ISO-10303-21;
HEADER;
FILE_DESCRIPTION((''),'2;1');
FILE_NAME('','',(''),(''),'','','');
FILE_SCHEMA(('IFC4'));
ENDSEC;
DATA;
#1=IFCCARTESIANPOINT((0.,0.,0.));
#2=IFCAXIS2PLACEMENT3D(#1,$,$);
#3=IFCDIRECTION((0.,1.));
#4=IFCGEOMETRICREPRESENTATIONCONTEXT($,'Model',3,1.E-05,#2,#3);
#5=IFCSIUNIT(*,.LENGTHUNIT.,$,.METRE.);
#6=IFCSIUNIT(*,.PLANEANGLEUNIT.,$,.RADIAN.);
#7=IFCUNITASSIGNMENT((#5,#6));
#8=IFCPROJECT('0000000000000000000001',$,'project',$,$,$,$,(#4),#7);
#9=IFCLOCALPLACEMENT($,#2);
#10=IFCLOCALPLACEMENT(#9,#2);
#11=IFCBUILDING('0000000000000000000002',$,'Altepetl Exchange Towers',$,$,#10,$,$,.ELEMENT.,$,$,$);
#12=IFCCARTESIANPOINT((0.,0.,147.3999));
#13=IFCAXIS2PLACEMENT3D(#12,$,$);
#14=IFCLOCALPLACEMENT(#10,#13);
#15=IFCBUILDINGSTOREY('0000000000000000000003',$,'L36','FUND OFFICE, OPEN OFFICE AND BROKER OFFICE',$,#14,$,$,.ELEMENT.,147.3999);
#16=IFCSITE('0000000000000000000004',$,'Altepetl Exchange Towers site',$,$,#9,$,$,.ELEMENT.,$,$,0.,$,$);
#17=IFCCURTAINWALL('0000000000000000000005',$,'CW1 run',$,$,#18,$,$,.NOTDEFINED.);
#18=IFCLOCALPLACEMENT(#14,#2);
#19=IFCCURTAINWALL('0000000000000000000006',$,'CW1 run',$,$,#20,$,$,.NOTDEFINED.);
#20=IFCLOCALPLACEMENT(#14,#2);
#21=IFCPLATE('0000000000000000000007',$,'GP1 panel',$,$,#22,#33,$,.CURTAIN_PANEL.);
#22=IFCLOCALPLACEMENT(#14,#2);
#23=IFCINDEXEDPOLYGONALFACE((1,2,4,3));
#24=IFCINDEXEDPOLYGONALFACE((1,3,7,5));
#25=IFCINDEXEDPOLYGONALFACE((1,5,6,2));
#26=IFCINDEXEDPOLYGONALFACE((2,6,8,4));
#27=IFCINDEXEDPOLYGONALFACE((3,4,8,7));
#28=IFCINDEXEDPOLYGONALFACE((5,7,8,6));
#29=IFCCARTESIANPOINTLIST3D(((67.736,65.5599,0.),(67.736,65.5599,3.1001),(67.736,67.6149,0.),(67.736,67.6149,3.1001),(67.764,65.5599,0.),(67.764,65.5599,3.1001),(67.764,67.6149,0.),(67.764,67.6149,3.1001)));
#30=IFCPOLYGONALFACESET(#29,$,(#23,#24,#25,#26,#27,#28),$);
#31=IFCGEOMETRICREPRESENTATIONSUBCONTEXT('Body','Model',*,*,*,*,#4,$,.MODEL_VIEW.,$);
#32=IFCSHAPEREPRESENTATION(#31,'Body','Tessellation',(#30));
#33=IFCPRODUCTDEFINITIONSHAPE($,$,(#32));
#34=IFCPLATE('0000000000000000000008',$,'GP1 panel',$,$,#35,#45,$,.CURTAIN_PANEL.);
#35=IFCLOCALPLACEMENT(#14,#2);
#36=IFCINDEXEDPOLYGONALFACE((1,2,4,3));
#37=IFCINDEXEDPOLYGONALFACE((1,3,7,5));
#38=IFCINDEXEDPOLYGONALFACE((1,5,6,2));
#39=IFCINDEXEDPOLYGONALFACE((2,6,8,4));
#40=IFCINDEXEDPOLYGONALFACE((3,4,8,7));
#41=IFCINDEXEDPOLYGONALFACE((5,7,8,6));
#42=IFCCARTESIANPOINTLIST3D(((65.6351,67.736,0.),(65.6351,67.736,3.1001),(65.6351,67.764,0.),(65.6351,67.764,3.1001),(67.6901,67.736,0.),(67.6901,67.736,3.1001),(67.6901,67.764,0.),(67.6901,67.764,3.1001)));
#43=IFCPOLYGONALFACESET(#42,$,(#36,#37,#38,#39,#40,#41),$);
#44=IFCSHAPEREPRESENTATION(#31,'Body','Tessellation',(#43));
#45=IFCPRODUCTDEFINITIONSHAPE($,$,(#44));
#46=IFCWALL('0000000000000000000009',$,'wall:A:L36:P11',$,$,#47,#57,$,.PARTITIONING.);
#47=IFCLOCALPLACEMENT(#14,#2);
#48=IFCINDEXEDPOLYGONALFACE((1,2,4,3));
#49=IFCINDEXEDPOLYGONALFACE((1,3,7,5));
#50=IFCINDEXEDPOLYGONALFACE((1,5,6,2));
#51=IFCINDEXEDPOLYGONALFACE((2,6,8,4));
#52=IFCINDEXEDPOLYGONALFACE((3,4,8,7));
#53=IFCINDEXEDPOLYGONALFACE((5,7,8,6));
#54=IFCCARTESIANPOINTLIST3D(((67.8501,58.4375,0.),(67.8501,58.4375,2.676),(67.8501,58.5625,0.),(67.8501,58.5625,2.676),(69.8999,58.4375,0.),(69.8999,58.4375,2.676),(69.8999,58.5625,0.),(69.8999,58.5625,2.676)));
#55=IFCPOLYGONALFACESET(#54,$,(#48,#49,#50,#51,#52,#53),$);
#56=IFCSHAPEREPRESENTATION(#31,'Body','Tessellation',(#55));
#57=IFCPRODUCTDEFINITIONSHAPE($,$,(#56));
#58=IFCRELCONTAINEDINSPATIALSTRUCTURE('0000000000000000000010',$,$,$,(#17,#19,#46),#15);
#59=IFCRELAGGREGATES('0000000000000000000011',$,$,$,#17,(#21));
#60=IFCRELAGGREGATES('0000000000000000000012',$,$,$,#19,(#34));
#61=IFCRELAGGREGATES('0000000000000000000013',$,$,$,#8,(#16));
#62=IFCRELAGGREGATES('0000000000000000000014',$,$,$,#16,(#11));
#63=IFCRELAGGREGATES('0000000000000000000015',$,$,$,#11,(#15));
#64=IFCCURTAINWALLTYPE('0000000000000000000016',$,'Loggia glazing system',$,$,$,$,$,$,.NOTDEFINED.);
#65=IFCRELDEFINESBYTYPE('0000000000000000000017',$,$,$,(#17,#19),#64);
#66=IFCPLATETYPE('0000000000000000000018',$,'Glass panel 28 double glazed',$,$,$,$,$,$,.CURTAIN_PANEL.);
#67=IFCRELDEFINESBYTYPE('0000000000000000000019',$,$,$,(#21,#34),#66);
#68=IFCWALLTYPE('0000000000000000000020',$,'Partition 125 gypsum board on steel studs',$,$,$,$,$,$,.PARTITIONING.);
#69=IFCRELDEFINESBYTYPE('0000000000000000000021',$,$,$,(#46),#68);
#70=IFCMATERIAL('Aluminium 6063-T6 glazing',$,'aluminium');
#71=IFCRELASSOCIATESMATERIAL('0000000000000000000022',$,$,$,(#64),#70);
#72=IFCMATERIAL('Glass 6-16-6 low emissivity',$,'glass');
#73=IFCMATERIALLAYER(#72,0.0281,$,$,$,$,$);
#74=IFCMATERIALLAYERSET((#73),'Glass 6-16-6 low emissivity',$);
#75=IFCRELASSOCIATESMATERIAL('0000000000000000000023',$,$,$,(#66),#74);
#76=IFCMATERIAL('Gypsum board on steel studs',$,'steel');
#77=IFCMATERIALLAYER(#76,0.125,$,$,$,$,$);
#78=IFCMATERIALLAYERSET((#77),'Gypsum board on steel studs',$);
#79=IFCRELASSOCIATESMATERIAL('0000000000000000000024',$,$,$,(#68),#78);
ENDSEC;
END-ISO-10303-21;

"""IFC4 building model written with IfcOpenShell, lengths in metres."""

from ifc_helpers import new_model, si_unit, direction, frame, frame_2d, origin, origin_2d, place, context, subcontext, project, spatial, rectangle, extrude, material, layer, layer_set, type_object, element, aggregate, save


model = new_model("IFC4")

# Units and contexts
model_context = context("Model", 3, precision=1e-05, world=origin(), true_north=direction((0.0, 1.0)))
body_context = subcontext(model_context, "Body", "Model", "MODEL_VIEW")
ifc_project = project(units=[si_unit("LENGTHUNIT", "METRE"), si_unit("PLANEANGLEUNIT", "RADIAN")], contexts=[model_context])

# Site, building, storey
site_placement = place(None, origin())
site = spatial("IfcSite", under=ifc_project, at=site_placement, Name="Altepetl Exchange Towers site", CompositionType="ELEMENT", RefElevation=0.0)
building_placement = place(site_placement, origin())
building = spatial("IfcBuilding", under=site, at=building_placement, Name="Altepetl Exchange Towers", CompositionType="ELEMENT")
storey_placement = place(building_placement, frame((0.0, 0.0, 147.3999)))
storey = spatial("IfcBuildingStorey", under=building, at=storey_placement, Name="L36", Description="FUND OFFICE, OPEN OFFICE AND BROKER OFFICE", CompositionType="ELEMENT", Elevation=147.3999)

# Curtain walls
ifc_material_1 = material(Name="Aluminium 6063-T6 glazing", Category="aluminium")
curtain_wall_type = type_object("IfcCurtainWallType", Name="Loggia glazing system", PredefinedType="NOTDEFINED", material=ifc_material_1)
curtain_wall_1_placement = place(storey_placement, origin())
curtain_wall_1 = element("IfcCurtainWall", 1, at=curtain_wall_1_placement, inside=storey, type_object=curtain_wall_type, Name="CW1 run", PredefinedType="NOTDEFINED")
curtain_wall_2_placement = place(storey_placement, origin())
curtain_wall_2 = element("IfcCurtainWall", 2, at=curtain_wall_2_placement, inside=storey, type_object=curtain_wall_type, Name="CW1 run", PredefinedType="NOTDEFINED")

# Plates
ifc_material_2 = material(Name="Glass 6-16-6 low emissivity", Category="glass")
ifc_layer_1 = layer(ifc_material_2, 0.0281)
ifc_layer_set_1 = layer_set([ifc_layer_1], Name="Glass 6-16-6 low emissivity")
plate_type = type_object("IfcPlateType", Name="Glass panel 28 double glazed", PredefinedType="CURTAIN_PANEL", material=ifc_layer_set_1)
plate_1_placement = place(storey_placement, frame((67.75, 66.5874, 0.0), z_axis=(0.0, 0.0, 1.0), x_axis=(0.0, 1.0, 0.0)))
plate_1 = element("IfcPlate", 3, at=plate_1_placement, type_object=plate_type, Name="GP1 panel", PredefinedType="CURTAIN_PANEL", context=body_context, shape_type="SweptSolid", body=[
    extrude(rectangle(XDim=2.0549, YDim=0.0281, at=origin_2d()), origin(), (0.0, 0.0, 1.0), 3.1001),
])
aggregate(curtain_wall_1, [plate_1])
plate_2_placement = place(storey_placement, frame((66.6626, 67.75, 0.0), z_axis=(0.0, 0.0, 1.0), x_axis=(-1.0, 0.0, 0.0)))
plate_2 = element("IfcPlate", 4, at=plate_2_placement, type_object=plate_type, Name="GP1 panel", PredefinedType="CURTAIN_PANEL", context=body_context, shape_type="SweptSolid", body=[
    extrude(rectangle(XDim=2.0549, YDim=0.0281, at=origin_2d()), origin(), (0.0, 0.0, 1.0), 3.1001),
])
aggregate(curtain_wall_2, [plate_2])

# Wall
ifc_material_3 = material(Name="Gypsum board on steel studs", Category="steel")
ifc_layer_2 = layer(ifc_material_3, 0.125)
ifc_layer_set_2 = layer_set([ifc_layer_2], Name="Gypsum board on steel studs")
wall_type = type_object("IfcWallType", Name="Partition 125 gypsum board on steel studs", PredefinedType="PARTITIONING", material=ifc_layer_set_2)
wall_placement = place(storey_placement, frame((67.8501, 58.5, 0.0)))
element("IfcWall", 5, at=wall_placement, inside=storey, type_object=wall_type, Name="wall:A:L36:P11", PredefinedType="PARTITIONING", context=body_context, shape_type="SweptSolid", body=[
    extrude(rectangle(XDim=2.0498, YDim=0.125, at=frame_2d((1.0249, 0.0))), origin(), (0.0, 0.0, 1.0), 2.676),
])

save(model, "model.ifc")
